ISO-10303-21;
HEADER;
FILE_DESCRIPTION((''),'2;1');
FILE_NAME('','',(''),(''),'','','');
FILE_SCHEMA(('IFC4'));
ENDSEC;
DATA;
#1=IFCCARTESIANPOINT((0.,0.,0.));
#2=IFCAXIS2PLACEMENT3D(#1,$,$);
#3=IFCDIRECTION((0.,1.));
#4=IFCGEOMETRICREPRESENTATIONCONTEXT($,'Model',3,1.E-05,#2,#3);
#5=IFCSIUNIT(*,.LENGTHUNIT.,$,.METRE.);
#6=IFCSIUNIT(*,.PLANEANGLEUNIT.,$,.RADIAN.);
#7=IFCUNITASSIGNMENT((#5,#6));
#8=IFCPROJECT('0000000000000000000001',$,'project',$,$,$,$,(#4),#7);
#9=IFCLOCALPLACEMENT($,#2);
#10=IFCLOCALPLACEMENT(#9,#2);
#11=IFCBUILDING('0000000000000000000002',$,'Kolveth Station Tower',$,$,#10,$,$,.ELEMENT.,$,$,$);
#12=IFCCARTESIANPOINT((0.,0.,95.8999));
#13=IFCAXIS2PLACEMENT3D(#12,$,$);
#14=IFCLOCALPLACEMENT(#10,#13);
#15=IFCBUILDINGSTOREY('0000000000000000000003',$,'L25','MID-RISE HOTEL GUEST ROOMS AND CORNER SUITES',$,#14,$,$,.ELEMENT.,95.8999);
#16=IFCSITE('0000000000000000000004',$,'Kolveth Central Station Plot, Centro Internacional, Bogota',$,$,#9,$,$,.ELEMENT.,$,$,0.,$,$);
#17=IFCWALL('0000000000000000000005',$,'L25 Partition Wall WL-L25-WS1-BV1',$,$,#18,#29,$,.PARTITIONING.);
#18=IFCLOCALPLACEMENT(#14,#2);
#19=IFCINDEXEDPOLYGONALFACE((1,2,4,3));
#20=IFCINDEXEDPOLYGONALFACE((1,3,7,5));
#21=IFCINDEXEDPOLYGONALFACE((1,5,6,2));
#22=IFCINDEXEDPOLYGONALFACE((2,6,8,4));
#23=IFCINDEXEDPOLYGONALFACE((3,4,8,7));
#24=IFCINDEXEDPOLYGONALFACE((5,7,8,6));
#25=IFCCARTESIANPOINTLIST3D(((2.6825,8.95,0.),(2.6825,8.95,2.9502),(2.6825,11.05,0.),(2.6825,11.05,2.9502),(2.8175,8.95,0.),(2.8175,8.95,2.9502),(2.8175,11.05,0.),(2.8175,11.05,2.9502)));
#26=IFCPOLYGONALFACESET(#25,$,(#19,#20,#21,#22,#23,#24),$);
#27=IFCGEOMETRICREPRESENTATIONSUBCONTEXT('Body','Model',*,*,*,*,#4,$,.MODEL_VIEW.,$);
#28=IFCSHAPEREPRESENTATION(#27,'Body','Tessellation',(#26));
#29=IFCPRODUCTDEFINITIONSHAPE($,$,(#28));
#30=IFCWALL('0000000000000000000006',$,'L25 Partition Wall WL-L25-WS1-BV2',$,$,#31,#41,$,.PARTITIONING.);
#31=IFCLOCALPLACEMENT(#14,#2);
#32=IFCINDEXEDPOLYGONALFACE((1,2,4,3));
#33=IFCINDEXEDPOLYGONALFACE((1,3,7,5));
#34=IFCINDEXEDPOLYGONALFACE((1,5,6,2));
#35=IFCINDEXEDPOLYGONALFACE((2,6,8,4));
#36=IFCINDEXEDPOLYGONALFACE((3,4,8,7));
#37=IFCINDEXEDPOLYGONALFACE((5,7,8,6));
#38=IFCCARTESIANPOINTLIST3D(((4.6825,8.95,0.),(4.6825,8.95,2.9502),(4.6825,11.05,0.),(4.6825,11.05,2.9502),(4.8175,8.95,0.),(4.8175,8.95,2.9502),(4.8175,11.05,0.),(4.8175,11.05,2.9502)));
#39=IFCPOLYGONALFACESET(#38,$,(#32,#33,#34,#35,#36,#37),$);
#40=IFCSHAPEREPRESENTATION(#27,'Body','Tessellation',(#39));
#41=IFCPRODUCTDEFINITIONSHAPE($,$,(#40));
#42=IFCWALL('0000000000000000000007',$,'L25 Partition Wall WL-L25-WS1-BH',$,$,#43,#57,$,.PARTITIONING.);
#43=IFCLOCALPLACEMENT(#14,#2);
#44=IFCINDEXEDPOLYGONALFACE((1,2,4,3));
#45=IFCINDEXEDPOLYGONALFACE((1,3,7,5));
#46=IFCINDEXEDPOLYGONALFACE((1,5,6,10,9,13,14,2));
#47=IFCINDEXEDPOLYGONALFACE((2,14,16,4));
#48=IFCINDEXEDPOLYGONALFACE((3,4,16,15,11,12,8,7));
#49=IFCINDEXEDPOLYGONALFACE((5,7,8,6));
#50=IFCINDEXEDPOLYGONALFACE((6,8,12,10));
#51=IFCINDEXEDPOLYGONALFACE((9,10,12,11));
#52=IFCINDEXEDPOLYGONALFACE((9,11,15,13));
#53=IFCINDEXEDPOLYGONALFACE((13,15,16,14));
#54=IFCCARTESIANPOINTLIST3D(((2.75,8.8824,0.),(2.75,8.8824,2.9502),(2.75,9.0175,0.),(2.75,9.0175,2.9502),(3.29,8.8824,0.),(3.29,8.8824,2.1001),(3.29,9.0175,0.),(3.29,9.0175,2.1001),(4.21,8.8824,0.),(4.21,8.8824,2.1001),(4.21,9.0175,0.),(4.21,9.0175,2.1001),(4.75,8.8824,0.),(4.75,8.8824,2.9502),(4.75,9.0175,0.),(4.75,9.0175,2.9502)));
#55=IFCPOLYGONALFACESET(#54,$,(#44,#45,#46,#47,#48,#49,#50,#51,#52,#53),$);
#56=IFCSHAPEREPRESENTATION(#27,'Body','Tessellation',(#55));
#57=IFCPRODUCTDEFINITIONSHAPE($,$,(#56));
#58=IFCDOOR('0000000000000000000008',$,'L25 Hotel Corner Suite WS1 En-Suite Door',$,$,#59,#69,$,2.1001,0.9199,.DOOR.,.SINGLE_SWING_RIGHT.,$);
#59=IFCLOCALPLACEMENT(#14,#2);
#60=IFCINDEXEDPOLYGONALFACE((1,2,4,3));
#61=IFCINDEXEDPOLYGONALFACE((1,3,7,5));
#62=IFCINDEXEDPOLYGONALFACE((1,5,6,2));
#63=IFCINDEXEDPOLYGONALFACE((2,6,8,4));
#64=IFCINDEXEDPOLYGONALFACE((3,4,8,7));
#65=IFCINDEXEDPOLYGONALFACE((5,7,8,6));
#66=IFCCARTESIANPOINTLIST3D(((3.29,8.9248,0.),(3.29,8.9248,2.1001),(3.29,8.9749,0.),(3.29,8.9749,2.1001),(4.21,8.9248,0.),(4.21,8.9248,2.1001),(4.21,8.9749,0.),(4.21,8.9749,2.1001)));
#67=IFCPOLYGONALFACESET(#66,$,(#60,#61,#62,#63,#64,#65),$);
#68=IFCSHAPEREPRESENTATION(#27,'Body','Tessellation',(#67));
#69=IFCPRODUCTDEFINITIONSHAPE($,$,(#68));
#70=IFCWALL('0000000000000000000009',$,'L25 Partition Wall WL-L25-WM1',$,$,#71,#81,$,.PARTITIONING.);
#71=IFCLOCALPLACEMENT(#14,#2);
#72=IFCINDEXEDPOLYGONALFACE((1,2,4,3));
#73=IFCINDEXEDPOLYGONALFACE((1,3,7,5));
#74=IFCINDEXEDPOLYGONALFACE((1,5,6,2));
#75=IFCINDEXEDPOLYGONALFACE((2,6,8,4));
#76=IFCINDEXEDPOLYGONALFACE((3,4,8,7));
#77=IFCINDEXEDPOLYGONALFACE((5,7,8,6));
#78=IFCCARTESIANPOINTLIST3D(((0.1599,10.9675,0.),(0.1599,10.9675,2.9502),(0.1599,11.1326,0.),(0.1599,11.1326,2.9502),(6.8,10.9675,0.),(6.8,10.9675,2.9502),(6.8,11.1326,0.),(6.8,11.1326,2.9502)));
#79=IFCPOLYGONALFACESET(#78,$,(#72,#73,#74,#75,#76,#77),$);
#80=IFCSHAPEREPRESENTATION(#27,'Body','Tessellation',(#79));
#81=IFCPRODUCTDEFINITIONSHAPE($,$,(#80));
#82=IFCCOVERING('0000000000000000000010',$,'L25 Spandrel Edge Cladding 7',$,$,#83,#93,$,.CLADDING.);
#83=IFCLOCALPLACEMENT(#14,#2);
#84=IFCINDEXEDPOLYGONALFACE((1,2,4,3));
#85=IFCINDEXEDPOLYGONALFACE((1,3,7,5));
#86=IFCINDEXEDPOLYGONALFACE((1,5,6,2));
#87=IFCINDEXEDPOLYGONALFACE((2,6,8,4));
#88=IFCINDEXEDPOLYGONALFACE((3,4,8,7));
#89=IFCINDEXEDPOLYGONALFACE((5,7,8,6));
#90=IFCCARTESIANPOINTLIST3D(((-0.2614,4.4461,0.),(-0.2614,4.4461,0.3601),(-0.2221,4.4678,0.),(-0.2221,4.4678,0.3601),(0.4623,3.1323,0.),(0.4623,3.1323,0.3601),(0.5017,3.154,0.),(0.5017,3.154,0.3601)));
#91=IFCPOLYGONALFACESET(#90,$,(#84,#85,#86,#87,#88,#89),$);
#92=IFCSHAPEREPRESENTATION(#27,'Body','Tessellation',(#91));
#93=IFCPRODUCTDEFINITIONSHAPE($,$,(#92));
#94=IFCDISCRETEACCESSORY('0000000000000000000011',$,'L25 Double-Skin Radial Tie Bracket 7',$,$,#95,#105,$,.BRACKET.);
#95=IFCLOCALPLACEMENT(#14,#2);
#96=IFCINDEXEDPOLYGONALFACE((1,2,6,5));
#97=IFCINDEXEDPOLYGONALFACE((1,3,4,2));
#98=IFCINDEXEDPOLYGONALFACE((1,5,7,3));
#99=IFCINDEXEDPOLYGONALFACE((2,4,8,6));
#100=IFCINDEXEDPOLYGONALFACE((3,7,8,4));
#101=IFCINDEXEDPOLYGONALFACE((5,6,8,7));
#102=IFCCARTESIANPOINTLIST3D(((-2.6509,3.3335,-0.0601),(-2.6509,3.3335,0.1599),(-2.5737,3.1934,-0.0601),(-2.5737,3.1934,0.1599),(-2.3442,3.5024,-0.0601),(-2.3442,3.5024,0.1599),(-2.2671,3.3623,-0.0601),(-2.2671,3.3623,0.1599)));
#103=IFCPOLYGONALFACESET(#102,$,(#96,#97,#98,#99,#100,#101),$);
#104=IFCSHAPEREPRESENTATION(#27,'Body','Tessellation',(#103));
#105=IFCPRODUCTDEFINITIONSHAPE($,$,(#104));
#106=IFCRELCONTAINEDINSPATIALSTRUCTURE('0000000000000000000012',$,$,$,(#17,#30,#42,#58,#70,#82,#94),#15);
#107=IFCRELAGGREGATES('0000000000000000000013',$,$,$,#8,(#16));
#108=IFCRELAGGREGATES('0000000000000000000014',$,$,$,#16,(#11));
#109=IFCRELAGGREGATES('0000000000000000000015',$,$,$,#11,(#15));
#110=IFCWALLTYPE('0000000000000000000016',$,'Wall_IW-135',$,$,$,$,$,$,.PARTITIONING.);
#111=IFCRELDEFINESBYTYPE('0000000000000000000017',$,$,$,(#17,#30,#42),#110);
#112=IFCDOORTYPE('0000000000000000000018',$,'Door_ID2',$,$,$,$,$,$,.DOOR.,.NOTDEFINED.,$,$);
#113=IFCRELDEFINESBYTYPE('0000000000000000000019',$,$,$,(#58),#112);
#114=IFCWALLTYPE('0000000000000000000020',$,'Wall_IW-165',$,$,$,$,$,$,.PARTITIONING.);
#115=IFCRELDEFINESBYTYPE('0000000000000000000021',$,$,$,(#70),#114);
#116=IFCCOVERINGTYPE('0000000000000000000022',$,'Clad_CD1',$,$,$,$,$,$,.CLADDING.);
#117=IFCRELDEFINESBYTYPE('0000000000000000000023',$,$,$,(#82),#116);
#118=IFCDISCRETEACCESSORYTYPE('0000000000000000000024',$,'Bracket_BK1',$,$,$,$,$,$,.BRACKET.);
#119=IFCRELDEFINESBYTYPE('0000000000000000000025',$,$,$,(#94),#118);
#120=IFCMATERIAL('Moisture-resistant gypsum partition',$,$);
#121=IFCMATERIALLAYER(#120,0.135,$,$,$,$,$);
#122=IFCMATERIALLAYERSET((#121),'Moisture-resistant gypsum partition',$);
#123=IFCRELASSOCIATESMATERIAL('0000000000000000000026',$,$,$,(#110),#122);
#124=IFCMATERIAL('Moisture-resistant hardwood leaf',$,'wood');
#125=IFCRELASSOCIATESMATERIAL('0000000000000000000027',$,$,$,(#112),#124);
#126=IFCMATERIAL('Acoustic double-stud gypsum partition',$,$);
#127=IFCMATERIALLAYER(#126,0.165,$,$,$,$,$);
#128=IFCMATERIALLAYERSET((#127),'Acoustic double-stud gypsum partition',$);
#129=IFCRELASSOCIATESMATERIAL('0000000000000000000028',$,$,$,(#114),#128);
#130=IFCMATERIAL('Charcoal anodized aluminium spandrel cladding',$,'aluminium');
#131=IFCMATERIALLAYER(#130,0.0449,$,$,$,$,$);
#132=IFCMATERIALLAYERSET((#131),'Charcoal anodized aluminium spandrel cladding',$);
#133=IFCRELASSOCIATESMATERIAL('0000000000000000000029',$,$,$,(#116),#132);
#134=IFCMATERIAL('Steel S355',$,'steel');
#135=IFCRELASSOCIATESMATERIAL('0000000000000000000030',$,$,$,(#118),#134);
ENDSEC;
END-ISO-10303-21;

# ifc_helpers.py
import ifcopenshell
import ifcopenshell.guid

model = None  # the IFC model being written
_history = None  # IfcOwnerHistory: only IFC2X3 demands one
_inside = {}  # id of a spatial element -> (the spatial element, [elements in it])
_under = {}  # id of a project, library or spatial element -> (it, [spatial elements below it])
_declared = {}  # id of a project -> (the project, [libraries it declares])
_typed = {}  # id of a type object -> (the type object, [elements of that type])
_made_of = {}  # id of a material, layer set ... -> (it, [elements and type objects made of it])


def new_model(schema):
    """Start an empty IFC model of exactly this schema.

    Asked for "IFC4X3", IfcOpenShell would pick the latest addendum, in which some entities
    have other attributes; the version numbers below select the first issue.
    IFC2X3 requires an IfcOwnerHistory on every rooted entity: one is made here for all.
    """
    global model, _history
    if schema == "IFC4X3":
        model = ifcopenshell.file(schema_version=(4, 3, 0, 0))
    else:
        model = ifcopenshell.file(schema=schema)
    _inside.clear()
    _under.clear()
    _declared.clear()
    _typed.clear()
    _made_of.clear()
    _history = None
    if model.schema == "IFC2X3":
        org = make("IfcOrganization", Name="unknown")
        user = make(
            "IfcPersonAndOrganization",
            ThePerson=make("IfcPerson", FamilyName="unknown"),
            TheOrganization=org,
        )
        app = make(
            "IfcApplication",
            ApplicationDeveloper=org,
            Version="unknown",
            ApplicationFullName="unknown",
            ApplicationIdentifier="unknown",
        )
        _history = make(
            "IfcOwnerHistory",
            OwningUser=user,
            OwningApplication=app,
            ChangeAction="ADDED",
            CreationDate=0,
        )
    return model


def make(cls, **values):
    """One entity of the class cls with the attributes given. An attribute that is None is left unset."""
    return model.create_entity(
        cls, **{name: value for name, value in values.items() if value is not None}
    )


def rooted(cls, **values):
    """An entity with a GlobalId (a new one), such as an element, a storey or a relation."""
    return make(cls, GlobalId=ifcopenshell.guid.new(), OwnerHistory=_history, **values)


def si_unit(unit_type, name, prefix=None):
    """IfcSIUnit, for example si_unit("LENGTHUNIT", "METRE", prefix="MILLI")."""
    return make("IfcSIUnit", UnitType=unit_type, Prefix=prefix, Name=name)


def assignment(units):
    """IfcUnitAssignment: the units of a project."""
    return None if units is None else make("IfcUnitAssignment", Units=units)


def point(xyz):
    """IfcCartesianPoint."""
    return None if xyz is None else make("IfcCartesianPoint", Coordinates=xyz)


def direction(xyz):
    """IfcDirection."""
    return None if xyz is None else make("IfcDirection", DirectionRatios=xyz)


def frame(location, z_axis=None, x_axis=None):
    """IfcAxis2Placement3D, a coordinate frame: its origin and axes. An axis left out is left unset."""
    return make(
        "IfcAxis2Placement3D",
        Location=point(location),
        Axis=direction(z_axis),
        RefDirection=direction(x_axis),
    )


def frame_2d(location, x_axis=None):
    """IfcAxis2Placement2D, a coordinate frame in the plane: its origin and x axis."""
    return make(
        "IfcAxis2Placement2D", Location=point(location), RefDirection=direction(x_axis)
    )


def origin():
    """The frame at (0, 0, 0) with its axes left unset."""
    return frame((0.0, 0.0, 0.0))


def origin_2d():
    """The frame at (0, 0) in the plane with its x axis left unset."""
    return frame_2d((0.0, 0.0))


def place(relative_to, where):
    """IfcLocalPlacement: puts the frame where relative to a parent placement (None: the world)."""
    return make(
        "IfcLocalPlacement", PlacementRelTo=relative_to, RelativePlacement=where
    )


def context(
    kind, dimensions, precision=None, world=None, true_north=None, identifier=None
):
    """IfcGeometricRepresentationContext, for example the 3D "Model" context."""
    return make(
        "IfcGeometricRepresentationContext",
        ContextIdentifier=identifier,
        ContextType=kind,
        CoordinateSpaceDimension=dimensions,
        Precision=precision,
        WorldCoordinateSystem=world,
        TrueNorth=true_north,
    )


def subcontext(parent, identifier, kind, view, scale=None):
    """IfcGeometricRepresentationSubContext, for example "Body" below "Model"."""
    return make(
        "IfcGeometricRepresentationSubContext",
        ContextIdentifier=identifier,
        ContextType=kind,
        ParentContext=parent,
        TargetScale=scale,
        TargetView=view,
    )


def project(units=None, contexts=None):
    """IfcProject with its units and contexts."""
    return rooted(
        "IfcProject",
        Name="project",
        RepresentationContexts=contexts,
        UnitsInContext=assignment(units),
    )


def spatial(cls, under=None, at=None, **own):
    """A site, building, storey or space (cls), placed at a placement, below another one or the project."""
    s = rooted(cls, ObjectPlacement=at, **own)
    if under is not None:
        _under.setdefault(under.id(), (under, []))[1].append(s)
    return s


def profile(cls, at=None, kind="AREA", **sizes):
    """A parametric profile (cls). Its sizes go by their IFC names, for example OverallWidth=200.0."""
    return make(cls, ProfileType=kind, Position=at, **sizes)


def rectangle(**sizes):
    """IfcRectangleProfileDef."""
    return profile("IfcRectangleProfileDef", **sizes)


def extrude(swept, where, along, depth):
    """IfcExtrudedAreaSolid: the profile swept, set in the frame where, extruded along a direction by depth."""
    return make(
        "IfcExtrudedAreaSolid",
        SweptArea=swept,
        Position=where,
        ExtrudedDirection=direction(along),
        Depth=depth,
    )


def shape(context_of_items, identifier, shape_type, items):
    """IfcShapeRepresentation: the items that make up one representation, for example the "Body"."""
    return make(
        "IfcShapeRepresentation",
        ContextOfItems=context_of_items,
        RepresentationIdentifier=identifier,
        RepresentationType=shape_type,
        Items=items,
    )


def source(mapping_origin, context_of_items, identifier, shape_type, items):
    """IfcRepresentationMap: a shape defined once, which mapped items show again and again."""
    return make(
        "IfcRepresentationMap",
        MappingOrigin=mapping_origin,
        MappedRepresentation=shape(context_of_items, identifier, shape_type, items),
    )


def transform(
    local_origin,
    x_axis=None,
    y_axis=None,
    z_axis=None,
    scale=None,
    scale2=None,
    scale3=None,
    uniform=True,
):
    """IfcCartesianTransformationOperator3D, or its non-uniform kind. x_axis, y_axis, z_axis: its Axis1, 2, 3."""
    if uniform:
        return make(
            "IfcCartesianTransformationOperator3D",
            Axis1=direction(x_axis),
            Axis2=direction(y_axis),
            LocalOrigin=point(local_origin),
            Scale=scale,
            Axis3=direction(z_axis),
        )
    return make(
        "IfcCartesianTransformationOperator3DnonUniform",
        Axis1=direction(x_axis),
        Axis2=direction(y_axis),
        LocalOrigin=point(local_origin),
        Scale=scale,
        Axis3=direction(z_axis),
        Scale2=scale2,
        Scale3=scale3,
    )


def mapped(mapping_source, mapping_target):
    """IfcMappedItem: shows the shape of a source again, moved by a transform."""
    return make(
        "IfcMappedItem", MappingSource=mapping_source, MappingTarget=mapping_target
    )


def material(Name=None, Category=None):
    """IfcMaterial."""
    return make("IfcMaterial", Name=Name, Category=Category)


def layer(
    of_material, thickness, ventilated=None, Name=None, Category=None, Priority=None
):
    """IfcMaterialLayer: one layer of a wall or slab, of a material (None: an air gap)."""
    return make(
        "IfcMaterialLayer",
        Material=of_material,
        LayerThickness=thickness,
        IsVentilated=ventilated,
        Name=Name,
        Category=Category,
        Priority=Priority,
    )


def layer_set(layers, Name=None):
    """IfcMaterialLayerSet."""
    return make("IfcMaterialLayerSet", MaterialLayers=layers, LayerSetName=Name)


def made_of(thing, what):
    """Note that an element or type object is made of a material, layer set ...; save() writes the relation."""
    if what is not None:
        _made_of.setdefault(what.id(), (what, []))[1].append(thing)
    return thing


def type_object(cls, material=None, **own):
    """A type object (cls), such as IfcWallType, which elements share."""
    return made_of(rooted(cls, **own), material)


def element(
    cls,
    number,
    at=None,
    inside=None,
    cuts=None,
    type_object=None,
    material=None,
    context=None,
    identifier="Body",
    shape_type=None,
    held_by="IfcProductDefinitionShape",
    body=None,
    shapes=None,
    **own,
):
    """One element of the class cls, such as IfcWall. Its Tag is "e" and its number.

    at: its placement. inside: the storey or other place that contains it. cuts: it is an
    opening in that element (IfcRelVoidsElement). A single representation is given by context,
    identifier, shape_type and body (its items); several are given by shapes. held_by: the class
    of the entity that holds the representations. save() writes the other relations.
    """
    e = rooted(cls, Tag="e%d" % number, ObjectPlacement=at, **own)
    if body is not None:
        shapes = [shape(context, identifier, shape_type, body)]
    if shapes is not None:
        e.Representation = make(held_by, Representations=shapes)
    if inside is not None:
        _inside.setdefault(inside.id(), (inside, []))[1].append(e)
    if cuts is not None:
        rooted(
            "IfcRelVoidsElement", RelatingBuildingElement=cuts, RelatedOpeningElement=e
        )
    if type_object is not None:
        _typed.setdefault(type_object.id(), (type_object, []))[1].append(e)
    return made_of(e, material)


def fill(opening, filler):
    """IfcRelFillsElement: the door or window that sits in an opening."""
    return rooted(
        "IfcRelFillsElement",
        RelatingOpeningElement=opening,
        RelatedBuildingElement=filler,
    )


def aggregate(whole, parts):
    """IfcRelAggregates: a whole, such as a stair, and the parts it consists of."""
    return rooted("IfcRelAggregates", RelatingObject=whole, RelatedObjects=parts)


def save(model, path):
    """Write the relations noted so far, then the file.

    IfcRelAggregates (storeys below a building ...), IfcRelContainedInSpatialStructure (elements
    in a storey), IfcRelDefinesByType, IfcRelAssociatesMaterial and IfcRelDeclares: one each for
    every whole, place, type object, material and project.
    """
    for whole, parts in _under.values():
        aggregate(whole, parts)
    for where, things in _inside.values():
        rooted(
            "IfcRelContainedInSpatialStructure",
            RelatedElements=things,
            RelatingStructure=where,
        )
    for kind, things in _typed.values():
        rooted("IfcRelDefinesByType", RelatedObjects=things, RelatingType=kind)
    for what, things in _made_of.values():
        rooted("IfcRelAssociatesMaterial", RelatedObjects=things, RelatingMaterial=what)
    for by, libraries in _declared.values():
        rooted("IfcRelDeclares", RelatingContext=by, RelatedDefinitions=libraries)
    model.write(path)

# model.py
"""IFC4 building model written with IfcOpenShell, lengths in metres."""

from ifc_helpers import new_model, si_unit, direction, frame, frame_2d, origin, origin_2d, place, context, subcontext, project, spatial, rectangle, extrude, source, transform, mapped, material, layer, layer_set, type_object, element, fill, save


model = new_model("IFC4")

# Units and contexts
model_context = context("Model", 3, precision=1e-05, world=origin(), true_north=direction((0.0, 1.0)))
body_context = subcontext(model_context, "Body", "Model", "MODEL_VIEW")
ifc_project = project(units=[si_unit("LENGTHUNIT", "METRE"), si_unit("PLANEANGLEUNIT", "RADIAN")], contexts=[model_context])

# Site, building, storey
site_placement = place(None, origin())
site = spatial("IfcSite", under=ifc_project, at=site_placement, Name="Kolveth Central Station Plot, Centro Internacional, Bogota", CompositionType="ELEMENT", RefElevation=0.0)
building_placement = place(site_placement, origin())
building = spatial("IfcBuilding", under=site, at=building_placement, Name="Kolveth Station Tower", CompositionType="ELEMENT")
storey_placement = place(building_placement, frame((0.0, 0.0, 95.8999)))
storey = spatial("IfcBuildingStorey", under=building, at=storey_placement, Name="L25", Description="MID-RISE HOTEL GUEST ROOMS AND CORNER SUITES", CompositionType="ELEMENT", Elevation=95.8999)

# Shared definitions
ifc_material_1 = material(Name="Steel S355", Category="steel")

# Walls
ifc_material_2 = material(Name="Moisture-resistant gypsum partition")
ifc_layer_1 = layer(ifc_material_2, 0.135)
ifc_layer_set_1 = layer_set([ifc_layer_1], Name="Moisture-resistant gypsum partition")
wall_type_1 = type_object("IfcWallType", Name="Wall_IW-135", PredefinedType="PARTITIONING", material=ifc_layer_set_1)
for number, where, z_axis, x_axis, name in (
    (1, (2.75, 8.95, 0.0), (0.0, 0.0, 1.0), (0.0, 1.0, 0.0), "L25 Partition Wall WL-L25-WS1-BV1"),
    (2, (4.75, 8.95, 0.0), (0.0, 0.0, 1.0), (0.0, 1.0, 0.0), "L25 Partition Wall WL-L25-WS1-BV2"),
):
    element("IfcWall", number, at=place(storey_placement, frame(where, z_axis=z_axis, x_axis=x_axis)), inside=storey, type_object=wall_type_1, Name=name, PredefinedType="PARTITIONING", context=body_context, shape_type="SweptSolid", body=[
        extrude(rectangle(XDim=2.1001, YDim=0.135, at=frame_2d((1.05, 0.0))), origin(), (0.0, 0.0, 1.0), 2.9502),
    ])

# Wall, opening, door
wall_1_placement = place(storey_placement, frame((2.75, 8.95, 0.0), z_axis=(0.0, 0.0, 1.0), x_axis=(1.0, 0.0, 0.0)))
wall_1 = element("IfcWall", 3, at=wall_1_placement, inside=storey, type_object=wall_type_1, Name="L25 Partition Wall WL-L25-WS1-BH", PredefinedType="PARTITIONING", context=body_context, shape_type="SweptSolid", body=[
    extrude(rectangle(XDim=2.0, YDim=0.135, at=frame_2d((1.0, 0.0))), origin(), (0.0, 0.0, 1.0), 2.9502),
])
opening_placement = place(wall_1_placement, frame((0.54, 0.0, 0.0)))
opening = element("IfcOpeningElement", 4, at=opening_placement, cuts=wall_1, PredefinedType="OPENING", context=body_context, shape_type="SweptSolid", body=[
    extrude(rectangle(XDim=0.9199, YDim=2.1001, at=frame_2d((0.46, 1.05))), frame((0.0, 0.0774, 0.0), z_axis=(0.0, -1.0, 0.0), x_axis=(1.0, 0.0, 0.0)), (0.0, 0.0, 1.0), 0.155),
])
ifc_material_3 = material(Name="Moisture-resistant hardwood leaf", Category="wood")
door_type = type_object("IfcDoorType", Name="Door_ID2", OperationType="NOTDEFINED", PredefinedType="DOOR", material=ifc_material_3)
door_placement = place(opening_placement, origin())
door = element("IfcDoor", 5, at=door_placement, inside=storey, type_object=door_type, Name="L25 Hotel Corner Suite WS1 En-Suite Door", OperationType="SINGLE_SWING_RIGHT", OverallHeight=2.1001, OverallWidth=0.9199, PredefinedType="DOOR", context=body_context, shape_type="SweptSolid", body=[
    extrude(rectangle(XDim=0.9199, YDim=2.1001, at=frame_2d((0.46, 1.05))), frame((0.0, 0.0249, 0.0), z_axis=(0.0, -1.0, 0.0), x_axis=(1.0, 0.0, 0.0)), (0.0, 0.0, 1.0), 0.05),
])
fill(opening, door)

# Wall
ifc_material_4 = material(Name="Acoustic double-stud gypsum partition")
ifc_layer_2 = layer(ifc_material_4, 0.165)
ifc_layer_set_2 = layer_set([ifc_layer_2], Name="Acoustic double-stud gypsum partition")
wall_type_2 = type_object("IfcWallType", Name="Wall_IW-165", PredefinedType="PARTITIONING", material=ifc_layer_set_2)
wall_2_placement = place(storey_placement, frame((0.1599, 11.05, 0.0), z_axis=(0.0, 0.0, 1.0), x_axis=(1.0, 0.0, 0.0)))
element("IfcWall", 6, at=wall_2_placement, inside=storey, type_object=wall_type_2, Name="L25 Partition Wall WL-L25-WM1", PredefinedType="PARTITIONING", context=body_context, shape_type="SweptSolid", body=[
    extrude(rectangle(XDim=6.6401, YDim=0.165, at=frame_2d((3.3201, 0.0))), origin(), (0.0, 0.0, 1.0), 2.9502),
])

# Covering
ifc_material_5 = material(Name="Charcoal anodized aluminium spandrel cladding", Category="aluminium")
ifc_layer_3 = layer(ifc_material_5, 0.0449)
ifc_layer_set_3 = layer_set([ifc_layer_3], Name="Charcoal anodized aluminium spandrel cladding")
covering_type = type_object("IfcCoveringType", Name="Clad_CD1", PredefinedType="CLADDING", material=ifc_layer_set_3)
shared_shape_1 = source(origin(), body_context, "Body", "SweptSolid", [
    extrude(rectangle(XDim=1.5, YDim=0.0449, at=origin_2d()), origin(), (0.0, 0.0, 1.0), 0.3601),
])
covering_placement = place(storey_placement, frame((0.1201, 3.8, 0.0), z_axis=(0.0, 0.0, 1.0), x_axis=(0.482518, -0.875886, 0.0)))
element("IfcCovering", 7, at=covering_placement, inside=storey, type_object=covering_type, Name="L25 Spandrel Edge Cladding 7", PredefinedType="CLADDING", context=body_context, shape_type="MappedRepresentation", body=[
    mapped(shared_shape_1, transform((0.0, 0.0, 0.0), x_axis=(1.0, 0.0, 0.0), y_axis=(0.0, 1.0, 0.0), z_axis=(0.0, 0.0, 1.0), scale=1.0)),
])

# Discrete accessory
discrete_accessory_type = type_object("IfcDiscreteAccessoryType", Name="Bracket_BK1", PredefinedType="BRACKET", material=ifc_material_1)
shared_shape_2 = source(origin(), body_context, "Body", "SweptSolid", [
    extrude(rectangle(XDim=0.3501, YDim=0.1599, at=origin_2d()), origin(), (0.0, 0.0, 1.0), 0.22),
])
discrete_accessory_placement = place(storey_placement, frame((-2.459, 3.3479, -0.0601), z_axis=(0.0, 0.0, 1.0), x_axis=(-0.875886, -0.482518, 0.0)))
element("IfcDiscreteAccessory", 8, at=discrete_accessory_placement, inside=storey, type_object=discrete_accessory_type, Name="L25 Double-Skin Radial Tie Bracket 7", PredefinedType="BRACKET", context=body_context, shape_type="MappedRepresentation", body=[
    mapped(shared_shape_2, transform((0.0, 0.0, 0.0), x_axis=(1.0, 0.0, 0.0), y_axis=(0.0, 1.0, 0.0), z_axis=(0.0, 0.0, 1.0), scale=1.0)),
])

save(model, "model.ifc")
